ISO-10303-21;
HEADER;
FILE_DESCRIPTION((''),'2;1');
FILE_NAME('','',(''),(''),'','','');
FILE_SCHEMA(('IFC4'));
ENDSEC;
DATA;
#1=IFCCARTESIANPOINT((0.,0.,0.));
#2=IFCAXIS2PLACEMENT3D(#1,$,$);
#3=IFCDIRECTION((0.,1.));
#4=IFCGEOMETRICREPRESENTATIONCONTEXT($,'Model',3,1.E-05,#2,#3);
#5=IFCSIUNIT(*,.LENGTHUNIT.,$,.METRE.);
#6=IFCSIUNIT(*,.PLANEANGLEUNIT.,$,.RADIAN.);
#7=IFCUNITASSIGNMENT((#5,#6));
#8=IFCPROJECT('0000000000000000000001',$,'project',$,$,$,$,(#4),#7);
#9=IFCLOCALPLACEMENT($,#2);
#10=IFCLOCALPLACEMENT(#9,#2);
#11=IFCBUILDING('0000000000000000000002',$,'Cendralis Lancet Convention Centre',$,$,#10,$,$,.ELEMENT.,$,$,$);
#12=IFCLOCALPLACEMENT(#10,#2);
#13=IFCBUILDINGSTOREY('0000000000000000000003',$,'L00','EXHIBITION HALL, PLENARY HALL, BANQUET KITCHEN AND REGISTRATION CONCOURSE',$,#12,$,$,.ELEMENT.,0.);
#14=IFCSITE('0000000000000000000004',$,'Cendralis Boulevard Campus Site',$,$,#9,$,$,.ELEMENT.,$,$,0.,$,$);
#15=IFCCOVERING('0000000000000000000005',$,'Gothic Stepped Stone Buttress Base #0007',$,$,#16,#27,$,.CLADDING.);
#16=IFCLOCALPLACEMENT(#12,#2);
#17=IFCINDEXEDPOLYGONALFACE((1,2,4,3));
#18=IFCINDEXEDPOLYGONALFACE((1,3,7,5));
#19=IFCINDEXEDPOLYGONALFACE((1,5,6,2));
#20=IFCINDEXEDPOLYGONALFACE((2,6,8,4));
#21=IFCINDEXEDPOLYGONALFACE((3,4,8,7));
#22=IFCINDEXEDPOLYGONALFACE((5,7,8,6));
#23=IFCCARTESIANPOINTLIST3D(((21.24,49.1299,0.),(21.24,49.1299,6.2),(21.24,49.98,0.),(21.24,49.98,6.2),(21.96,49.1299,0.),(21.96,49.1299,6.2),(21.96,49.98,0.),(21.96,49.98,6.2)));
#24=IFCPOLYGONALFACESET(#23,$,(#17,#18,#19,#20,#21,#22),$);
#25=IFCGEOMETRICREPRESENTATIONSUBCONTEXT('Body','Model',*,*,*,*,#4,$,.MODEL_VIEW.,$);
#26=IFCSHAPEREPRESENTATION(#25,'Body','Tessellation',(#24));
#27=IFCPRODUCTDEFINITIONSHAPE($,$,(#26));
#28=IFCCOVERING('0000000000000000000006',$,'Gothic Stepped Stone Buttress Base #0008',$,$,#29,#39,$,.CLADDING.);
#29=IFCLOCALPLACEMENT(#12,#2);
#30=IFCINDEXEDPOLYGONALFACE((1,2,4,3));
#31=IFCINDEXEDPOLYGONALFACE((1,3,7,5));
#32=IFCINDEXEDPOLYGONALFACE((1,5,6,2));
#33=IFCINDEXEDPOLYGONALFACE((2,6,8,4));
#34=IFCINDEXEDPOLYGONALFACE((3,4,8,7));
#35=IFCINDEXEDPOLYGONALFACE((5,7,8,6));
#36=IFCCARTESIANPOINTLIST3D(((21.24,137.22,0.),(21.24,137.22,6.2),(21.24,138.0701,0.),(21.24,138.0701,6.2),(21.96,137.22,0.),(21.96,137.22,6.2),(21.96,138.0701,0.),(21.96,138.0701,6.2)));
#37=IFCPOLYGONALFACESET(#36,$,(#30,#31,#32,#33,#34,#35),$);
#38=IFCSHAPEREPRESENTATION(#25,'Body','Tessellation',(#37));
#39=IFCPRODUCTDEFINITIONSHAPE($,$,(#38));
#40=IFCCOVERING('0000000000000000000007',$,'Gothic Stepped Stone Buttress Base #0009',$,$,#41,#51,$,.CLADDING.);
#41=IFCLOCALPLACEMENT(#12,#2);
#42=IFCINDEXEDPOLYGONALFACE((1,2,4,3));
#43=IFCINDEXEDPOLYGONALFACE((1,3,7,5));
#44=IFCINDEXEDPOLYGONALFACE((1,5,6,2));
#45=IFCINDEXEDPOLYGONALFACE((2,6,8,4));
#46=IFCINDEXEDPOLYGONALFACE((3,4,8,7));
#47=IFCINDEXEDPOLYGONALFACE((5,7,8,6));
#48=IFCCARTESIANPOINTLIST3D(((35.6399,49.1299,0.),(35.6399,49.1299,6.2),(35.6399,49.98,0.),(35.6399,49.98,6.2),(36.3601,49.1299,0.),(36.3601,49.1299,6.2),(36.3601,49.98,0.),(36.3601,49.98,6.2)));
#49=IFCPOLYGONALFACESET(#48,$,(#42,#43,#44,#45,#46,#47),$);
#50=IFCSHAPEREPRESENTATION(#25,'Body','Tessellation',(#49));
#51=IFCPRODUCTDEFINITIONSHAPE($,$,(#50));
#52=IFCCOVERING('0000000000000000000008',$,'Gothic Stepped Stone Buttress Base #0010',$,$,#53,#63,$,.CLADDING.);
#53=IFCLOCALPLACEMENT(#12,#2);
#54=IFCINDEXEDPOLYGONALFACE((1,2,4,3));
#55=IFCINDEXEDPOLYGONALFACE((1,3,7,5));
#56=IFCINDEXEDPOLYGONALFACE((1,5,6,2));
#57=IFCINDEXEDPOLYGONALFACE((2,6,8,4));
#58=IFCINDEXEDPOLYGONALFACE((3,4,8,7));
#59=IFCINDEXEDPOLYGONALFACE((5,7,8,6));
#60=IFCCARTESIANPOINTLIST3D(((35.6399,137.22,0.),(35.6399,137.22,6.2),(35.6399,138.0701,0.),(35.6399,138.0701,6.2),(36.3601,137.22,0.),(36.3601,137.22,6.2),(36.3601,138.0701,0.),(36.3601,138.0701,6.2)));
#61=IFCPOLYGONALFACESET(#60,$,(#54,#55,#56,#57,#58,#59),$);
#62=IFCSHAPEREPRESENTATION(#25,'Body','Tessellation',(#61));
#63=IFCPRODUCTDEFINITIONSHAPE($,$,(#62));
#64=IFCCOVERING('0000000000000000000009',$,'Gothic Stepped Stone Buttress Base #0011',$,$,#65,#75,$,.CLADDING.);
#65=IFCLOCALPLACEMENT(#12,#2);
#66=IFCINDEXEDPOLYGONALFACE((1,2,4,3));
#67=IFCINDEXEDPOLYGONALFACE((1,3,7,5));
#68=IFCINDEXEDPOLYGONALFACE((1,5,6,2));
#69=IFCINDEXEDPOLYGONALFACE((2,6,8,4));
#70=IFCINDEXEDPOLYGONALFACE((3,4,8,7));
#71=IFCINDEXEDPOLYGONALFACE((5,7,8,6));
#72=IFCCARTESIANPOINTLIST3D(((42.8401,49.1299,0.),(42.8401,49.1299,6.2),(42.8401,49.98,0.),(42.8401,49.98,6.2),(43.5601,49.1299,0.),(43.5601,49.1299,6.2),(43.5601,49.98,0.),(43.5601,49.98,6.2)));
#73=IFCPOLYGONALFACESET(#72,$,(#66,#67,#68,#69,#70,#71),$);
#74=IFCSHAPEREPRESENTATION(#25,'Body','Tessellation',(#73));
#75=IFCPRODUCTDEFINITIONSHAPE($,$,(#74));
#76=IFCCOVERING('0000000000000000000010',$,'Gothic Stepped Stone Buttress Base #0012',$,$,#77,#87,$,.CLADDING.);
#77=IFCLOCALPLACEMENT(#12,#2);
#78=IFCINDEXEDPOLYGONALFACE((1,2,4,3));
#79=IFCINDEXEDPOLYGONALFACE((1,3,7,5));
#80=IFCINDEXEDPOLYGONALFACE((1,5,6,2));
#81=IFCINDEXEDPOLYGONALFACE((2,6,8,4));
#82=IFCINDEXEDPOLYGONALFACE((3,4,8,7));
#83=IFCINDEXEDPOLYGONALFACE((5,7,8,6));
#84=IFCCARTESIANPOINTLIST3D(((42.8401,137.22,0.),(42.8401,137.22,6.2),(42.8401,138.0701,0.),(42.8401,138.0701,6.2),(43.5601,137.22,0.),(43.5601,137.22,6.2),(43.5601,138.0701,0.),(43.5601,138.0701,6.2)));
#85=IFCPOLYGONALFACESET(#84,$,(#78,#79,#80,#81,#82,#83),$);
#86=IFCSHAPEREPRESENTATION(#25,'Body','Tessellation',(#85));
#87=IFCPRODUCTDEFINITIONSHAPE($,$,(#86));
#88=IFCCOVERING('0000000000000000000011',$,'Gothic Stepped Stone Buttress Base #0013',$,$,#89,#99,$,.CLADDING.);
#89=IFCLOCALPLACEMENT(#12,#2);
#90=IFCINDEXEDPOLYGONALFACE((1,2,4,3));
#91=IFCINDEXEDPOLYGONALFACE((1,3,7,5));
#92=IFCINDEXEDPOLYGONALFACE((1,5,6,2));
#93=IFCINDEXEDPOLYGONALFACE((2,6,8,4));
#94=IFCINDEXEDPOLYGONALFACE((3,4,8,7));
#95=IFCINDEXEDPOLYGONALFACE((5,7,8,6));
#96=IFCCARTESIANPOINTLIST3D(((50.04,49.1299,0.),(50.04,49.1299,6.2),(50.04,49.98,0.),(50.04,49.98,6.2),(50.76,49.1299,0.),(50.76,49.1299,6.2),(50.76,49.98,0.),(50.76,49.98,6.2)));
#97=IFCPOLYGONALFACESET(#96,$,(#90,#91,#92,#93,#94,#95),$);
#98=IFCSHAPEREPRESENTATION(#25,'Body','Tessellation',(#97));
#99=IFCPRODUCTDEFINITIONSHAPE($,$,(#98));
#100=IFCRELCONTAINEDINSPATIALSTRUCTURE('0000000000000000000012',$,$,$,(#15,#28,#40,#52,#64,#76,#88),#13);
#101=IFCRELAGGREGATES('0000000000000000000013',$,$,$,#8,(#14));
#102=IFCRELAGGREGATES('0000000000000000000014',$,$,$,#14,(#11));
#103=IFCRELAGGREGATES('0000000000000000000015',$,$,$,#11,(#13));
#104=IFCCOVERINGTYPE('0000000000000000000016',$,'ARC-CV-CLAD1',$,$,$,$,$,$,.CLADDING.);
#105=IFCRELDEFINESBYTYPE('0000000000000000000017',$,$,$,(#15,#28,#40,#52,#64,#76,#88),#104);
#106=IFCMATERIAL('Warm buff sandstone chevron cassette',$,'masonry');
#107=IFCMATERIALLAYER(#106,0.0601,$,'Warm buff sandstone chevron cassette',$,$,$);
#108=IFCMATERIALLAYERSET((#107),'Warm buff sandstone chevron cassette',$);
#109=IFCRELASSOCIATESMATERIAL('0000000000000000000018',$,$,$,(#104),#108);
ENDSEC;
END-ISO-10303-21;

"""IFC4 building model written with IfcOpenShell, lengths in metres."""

from ifc_helpers import new_model, si_unit, direction, origin, place, context, subcontext, project, spatial, polyline, outline, extrude, material, layer, layer_set, type_object, element, save


model = new_model("IFC4")

# Units and contexts
model_context = context("Model", 3, precision=1e-05, world=origin(), true_north=direction((0.0, 1.0)))
body_context = subcontext(model_context, "Body", "Model", "MODEL_VIEW")
ifc_project = project(units=[si_unit("LENGTHUNIT", "METRE"), si_unit("PLANEANGLEUNIT", "RADIAN")], contexts=[model_context])

# Site, building, storey
site_placement = place(None, origin())
site = spatial("IfcSite", under=ifc_project, at=site_placement, Name="Cendralis Boulevard Campus Site", CompositionType="ELEMENT", RefElevation=0.0)
building_placement = place(site_placement, origin())
building = spatial("IfcBuilding", under=site, at=building_placement, Name="Cendralis Lancet Convention Centre", CompositionType="ELEMENT")
storey_placement = place(building_placement, origin())
storey = spatial("IfcBuildingStorey", under=building, at=storey_placement, Name="L00", Description="EXHIBITION HALL, PLENARY HALL, BANQUET KITCHEN AND REGISTRATION CONCOURSE", CompositionType="ELEMENT", Elevation=0.0)

# Coverings
ifc_material_1 = material(Name="Warm buff sandstone chevron cassette", Category="masonry")
ifc_layer_1 = layer(ifc_material_1, 0.0601, Name="Warm buff sandstone chevron cassette")
ifc_layer_set_1 = layer_set([ifc_layer_1], Name="Warm buff sandstone chevron cassette")
covering_type = type_object("IfcCoveringType", Name="ARC-CV-CLAD1", PredefinedType="CLADDING", material=ifc_layer_set_1)
covering_1_placement = place(storey_placement, origin())
element("IfcCovering", 1, at=covering_1_placement, inside=storey, type_object=covering_type, Name="Gothic Stepped Stone Buttress Base #0007", PredefinedType="CLADDING", context=body_context, shape_type="SweptSolid", body=[
    extrude(outline(polyline([(21.24, 49.1299), (21.96, 49.1299), (21.96, 49.98), (21.24, 49.98), (21.24, 49.1299)])), origin(), (0.0, 0.0, 1.0), 6.2),
])
covering_2_placement = place(storey_placement, origin())
element("IfcCovering", 2, at=covering_2_placement, inside=storey, type_object=covering_type, Name="Gothic Stepped Stone Buttress Base #0008", PredefinedType="CLADDING", context=body_context, shape_type="SweptSolid", body=[
    extrude(outline(polyline([(21.96, 138.0701), (21.24, 138.0701), (21.24, 137.22), (21.96, 137.22), (21.96, 138.0701)])), origin(), (0.0, 0.0, 1.0), 6.2),
])
covering_3_placement = place(storey_placement, origin())
element("IfcCovering", 3, at=covering_3_placement, inside=storey, type_object=covering_type, Name="Gothic Stepped Stone Buttress Base #0009", PredefinedType="CLADDING", context=body_context, shape_type="SweptSolid", body=[
    extrude(outline(polyline([(35.6399, 49.1299), (36.3601, 49.1299), (36.3601, 49.98), (35.6399, 49.98), (35.6399, 49.1299)])), origin(), (0.0, 0.0, 1.0), 6.2),
])
covering_4_placement = place(storey_placement, origin())
element("IfcCovering", 4, at=covering_4_placement, inside=storey, type_object=covering_type, Name="Gothic Stepped Stone Buttress Base #0010", PredefinedType="CLADDING", context=body_context, shape_type="SweptSolid", body=[
    extrude(outline(polyline([(36.3601, 138.0701), (35.6399, 138.0701), (35.6399, 137.22), (36.3601, 137.22), (36.3601, 138.0701)])), origin(), (0.0, 0.0, 1.0), 6.2),
])
covering_5_placement = place(storey_placement, origin())
element("IfcCovering", 5, at=covering_5_placement, inside=storey, type_object=covering_type, Name="Gothic Stepped Stone Buttress Base #0011", PredefinedType="CLADDING", context=body_context, shape_type="SweptSolid", body=[
    extrude(outline(polyline([(42.8401, 49.1299), (43.5601, 49.1299), (43.5601, 49.98), (42.8401, 49.98), (42.8401, 49.1299)])), origin(), (0.0, 0.0, 1.0), 6.2),
])
covering_6_placement = place(storey_placement, origin())
element("IfcCovering", 6, at=covering_6_placement, inside=storey, type_object=covering_type, Name="Gothic Stepped Stone Buttress Base #0012", PredefinedType="CLADDING", context=body_context, shape_type="SweptSolid", body=[
    extrude(outline(polyline([(43.5601, 138.0701), (42.8401, 138.0701), (42.8401, 137.22), (43.5601, 137.22), (43.5601, 138.0701)])), origin(), (0.0, 0.0, 1.0), 6.2),
])
covering_7_placement = place(storey_placement, origin())
element("IfcCovering", 7, at=covering_7_placement, inside=storey, type_object=covering_type, Name="Gothic Stepped Stone Buttress Base #0013", PredefinedType="CLADDING", context=body_context, shape_type="SweptSolid", body=[
    extrude(outline(polyline([(50.04, 49.1299), (50.76, 49.1299), (50.76, 49.98), (50.04, 49.98), (50.04, 49.1299)])), origin(), (0.0, 0.0, 1.0), 6.2),
])

save(model, "model.ifc")
